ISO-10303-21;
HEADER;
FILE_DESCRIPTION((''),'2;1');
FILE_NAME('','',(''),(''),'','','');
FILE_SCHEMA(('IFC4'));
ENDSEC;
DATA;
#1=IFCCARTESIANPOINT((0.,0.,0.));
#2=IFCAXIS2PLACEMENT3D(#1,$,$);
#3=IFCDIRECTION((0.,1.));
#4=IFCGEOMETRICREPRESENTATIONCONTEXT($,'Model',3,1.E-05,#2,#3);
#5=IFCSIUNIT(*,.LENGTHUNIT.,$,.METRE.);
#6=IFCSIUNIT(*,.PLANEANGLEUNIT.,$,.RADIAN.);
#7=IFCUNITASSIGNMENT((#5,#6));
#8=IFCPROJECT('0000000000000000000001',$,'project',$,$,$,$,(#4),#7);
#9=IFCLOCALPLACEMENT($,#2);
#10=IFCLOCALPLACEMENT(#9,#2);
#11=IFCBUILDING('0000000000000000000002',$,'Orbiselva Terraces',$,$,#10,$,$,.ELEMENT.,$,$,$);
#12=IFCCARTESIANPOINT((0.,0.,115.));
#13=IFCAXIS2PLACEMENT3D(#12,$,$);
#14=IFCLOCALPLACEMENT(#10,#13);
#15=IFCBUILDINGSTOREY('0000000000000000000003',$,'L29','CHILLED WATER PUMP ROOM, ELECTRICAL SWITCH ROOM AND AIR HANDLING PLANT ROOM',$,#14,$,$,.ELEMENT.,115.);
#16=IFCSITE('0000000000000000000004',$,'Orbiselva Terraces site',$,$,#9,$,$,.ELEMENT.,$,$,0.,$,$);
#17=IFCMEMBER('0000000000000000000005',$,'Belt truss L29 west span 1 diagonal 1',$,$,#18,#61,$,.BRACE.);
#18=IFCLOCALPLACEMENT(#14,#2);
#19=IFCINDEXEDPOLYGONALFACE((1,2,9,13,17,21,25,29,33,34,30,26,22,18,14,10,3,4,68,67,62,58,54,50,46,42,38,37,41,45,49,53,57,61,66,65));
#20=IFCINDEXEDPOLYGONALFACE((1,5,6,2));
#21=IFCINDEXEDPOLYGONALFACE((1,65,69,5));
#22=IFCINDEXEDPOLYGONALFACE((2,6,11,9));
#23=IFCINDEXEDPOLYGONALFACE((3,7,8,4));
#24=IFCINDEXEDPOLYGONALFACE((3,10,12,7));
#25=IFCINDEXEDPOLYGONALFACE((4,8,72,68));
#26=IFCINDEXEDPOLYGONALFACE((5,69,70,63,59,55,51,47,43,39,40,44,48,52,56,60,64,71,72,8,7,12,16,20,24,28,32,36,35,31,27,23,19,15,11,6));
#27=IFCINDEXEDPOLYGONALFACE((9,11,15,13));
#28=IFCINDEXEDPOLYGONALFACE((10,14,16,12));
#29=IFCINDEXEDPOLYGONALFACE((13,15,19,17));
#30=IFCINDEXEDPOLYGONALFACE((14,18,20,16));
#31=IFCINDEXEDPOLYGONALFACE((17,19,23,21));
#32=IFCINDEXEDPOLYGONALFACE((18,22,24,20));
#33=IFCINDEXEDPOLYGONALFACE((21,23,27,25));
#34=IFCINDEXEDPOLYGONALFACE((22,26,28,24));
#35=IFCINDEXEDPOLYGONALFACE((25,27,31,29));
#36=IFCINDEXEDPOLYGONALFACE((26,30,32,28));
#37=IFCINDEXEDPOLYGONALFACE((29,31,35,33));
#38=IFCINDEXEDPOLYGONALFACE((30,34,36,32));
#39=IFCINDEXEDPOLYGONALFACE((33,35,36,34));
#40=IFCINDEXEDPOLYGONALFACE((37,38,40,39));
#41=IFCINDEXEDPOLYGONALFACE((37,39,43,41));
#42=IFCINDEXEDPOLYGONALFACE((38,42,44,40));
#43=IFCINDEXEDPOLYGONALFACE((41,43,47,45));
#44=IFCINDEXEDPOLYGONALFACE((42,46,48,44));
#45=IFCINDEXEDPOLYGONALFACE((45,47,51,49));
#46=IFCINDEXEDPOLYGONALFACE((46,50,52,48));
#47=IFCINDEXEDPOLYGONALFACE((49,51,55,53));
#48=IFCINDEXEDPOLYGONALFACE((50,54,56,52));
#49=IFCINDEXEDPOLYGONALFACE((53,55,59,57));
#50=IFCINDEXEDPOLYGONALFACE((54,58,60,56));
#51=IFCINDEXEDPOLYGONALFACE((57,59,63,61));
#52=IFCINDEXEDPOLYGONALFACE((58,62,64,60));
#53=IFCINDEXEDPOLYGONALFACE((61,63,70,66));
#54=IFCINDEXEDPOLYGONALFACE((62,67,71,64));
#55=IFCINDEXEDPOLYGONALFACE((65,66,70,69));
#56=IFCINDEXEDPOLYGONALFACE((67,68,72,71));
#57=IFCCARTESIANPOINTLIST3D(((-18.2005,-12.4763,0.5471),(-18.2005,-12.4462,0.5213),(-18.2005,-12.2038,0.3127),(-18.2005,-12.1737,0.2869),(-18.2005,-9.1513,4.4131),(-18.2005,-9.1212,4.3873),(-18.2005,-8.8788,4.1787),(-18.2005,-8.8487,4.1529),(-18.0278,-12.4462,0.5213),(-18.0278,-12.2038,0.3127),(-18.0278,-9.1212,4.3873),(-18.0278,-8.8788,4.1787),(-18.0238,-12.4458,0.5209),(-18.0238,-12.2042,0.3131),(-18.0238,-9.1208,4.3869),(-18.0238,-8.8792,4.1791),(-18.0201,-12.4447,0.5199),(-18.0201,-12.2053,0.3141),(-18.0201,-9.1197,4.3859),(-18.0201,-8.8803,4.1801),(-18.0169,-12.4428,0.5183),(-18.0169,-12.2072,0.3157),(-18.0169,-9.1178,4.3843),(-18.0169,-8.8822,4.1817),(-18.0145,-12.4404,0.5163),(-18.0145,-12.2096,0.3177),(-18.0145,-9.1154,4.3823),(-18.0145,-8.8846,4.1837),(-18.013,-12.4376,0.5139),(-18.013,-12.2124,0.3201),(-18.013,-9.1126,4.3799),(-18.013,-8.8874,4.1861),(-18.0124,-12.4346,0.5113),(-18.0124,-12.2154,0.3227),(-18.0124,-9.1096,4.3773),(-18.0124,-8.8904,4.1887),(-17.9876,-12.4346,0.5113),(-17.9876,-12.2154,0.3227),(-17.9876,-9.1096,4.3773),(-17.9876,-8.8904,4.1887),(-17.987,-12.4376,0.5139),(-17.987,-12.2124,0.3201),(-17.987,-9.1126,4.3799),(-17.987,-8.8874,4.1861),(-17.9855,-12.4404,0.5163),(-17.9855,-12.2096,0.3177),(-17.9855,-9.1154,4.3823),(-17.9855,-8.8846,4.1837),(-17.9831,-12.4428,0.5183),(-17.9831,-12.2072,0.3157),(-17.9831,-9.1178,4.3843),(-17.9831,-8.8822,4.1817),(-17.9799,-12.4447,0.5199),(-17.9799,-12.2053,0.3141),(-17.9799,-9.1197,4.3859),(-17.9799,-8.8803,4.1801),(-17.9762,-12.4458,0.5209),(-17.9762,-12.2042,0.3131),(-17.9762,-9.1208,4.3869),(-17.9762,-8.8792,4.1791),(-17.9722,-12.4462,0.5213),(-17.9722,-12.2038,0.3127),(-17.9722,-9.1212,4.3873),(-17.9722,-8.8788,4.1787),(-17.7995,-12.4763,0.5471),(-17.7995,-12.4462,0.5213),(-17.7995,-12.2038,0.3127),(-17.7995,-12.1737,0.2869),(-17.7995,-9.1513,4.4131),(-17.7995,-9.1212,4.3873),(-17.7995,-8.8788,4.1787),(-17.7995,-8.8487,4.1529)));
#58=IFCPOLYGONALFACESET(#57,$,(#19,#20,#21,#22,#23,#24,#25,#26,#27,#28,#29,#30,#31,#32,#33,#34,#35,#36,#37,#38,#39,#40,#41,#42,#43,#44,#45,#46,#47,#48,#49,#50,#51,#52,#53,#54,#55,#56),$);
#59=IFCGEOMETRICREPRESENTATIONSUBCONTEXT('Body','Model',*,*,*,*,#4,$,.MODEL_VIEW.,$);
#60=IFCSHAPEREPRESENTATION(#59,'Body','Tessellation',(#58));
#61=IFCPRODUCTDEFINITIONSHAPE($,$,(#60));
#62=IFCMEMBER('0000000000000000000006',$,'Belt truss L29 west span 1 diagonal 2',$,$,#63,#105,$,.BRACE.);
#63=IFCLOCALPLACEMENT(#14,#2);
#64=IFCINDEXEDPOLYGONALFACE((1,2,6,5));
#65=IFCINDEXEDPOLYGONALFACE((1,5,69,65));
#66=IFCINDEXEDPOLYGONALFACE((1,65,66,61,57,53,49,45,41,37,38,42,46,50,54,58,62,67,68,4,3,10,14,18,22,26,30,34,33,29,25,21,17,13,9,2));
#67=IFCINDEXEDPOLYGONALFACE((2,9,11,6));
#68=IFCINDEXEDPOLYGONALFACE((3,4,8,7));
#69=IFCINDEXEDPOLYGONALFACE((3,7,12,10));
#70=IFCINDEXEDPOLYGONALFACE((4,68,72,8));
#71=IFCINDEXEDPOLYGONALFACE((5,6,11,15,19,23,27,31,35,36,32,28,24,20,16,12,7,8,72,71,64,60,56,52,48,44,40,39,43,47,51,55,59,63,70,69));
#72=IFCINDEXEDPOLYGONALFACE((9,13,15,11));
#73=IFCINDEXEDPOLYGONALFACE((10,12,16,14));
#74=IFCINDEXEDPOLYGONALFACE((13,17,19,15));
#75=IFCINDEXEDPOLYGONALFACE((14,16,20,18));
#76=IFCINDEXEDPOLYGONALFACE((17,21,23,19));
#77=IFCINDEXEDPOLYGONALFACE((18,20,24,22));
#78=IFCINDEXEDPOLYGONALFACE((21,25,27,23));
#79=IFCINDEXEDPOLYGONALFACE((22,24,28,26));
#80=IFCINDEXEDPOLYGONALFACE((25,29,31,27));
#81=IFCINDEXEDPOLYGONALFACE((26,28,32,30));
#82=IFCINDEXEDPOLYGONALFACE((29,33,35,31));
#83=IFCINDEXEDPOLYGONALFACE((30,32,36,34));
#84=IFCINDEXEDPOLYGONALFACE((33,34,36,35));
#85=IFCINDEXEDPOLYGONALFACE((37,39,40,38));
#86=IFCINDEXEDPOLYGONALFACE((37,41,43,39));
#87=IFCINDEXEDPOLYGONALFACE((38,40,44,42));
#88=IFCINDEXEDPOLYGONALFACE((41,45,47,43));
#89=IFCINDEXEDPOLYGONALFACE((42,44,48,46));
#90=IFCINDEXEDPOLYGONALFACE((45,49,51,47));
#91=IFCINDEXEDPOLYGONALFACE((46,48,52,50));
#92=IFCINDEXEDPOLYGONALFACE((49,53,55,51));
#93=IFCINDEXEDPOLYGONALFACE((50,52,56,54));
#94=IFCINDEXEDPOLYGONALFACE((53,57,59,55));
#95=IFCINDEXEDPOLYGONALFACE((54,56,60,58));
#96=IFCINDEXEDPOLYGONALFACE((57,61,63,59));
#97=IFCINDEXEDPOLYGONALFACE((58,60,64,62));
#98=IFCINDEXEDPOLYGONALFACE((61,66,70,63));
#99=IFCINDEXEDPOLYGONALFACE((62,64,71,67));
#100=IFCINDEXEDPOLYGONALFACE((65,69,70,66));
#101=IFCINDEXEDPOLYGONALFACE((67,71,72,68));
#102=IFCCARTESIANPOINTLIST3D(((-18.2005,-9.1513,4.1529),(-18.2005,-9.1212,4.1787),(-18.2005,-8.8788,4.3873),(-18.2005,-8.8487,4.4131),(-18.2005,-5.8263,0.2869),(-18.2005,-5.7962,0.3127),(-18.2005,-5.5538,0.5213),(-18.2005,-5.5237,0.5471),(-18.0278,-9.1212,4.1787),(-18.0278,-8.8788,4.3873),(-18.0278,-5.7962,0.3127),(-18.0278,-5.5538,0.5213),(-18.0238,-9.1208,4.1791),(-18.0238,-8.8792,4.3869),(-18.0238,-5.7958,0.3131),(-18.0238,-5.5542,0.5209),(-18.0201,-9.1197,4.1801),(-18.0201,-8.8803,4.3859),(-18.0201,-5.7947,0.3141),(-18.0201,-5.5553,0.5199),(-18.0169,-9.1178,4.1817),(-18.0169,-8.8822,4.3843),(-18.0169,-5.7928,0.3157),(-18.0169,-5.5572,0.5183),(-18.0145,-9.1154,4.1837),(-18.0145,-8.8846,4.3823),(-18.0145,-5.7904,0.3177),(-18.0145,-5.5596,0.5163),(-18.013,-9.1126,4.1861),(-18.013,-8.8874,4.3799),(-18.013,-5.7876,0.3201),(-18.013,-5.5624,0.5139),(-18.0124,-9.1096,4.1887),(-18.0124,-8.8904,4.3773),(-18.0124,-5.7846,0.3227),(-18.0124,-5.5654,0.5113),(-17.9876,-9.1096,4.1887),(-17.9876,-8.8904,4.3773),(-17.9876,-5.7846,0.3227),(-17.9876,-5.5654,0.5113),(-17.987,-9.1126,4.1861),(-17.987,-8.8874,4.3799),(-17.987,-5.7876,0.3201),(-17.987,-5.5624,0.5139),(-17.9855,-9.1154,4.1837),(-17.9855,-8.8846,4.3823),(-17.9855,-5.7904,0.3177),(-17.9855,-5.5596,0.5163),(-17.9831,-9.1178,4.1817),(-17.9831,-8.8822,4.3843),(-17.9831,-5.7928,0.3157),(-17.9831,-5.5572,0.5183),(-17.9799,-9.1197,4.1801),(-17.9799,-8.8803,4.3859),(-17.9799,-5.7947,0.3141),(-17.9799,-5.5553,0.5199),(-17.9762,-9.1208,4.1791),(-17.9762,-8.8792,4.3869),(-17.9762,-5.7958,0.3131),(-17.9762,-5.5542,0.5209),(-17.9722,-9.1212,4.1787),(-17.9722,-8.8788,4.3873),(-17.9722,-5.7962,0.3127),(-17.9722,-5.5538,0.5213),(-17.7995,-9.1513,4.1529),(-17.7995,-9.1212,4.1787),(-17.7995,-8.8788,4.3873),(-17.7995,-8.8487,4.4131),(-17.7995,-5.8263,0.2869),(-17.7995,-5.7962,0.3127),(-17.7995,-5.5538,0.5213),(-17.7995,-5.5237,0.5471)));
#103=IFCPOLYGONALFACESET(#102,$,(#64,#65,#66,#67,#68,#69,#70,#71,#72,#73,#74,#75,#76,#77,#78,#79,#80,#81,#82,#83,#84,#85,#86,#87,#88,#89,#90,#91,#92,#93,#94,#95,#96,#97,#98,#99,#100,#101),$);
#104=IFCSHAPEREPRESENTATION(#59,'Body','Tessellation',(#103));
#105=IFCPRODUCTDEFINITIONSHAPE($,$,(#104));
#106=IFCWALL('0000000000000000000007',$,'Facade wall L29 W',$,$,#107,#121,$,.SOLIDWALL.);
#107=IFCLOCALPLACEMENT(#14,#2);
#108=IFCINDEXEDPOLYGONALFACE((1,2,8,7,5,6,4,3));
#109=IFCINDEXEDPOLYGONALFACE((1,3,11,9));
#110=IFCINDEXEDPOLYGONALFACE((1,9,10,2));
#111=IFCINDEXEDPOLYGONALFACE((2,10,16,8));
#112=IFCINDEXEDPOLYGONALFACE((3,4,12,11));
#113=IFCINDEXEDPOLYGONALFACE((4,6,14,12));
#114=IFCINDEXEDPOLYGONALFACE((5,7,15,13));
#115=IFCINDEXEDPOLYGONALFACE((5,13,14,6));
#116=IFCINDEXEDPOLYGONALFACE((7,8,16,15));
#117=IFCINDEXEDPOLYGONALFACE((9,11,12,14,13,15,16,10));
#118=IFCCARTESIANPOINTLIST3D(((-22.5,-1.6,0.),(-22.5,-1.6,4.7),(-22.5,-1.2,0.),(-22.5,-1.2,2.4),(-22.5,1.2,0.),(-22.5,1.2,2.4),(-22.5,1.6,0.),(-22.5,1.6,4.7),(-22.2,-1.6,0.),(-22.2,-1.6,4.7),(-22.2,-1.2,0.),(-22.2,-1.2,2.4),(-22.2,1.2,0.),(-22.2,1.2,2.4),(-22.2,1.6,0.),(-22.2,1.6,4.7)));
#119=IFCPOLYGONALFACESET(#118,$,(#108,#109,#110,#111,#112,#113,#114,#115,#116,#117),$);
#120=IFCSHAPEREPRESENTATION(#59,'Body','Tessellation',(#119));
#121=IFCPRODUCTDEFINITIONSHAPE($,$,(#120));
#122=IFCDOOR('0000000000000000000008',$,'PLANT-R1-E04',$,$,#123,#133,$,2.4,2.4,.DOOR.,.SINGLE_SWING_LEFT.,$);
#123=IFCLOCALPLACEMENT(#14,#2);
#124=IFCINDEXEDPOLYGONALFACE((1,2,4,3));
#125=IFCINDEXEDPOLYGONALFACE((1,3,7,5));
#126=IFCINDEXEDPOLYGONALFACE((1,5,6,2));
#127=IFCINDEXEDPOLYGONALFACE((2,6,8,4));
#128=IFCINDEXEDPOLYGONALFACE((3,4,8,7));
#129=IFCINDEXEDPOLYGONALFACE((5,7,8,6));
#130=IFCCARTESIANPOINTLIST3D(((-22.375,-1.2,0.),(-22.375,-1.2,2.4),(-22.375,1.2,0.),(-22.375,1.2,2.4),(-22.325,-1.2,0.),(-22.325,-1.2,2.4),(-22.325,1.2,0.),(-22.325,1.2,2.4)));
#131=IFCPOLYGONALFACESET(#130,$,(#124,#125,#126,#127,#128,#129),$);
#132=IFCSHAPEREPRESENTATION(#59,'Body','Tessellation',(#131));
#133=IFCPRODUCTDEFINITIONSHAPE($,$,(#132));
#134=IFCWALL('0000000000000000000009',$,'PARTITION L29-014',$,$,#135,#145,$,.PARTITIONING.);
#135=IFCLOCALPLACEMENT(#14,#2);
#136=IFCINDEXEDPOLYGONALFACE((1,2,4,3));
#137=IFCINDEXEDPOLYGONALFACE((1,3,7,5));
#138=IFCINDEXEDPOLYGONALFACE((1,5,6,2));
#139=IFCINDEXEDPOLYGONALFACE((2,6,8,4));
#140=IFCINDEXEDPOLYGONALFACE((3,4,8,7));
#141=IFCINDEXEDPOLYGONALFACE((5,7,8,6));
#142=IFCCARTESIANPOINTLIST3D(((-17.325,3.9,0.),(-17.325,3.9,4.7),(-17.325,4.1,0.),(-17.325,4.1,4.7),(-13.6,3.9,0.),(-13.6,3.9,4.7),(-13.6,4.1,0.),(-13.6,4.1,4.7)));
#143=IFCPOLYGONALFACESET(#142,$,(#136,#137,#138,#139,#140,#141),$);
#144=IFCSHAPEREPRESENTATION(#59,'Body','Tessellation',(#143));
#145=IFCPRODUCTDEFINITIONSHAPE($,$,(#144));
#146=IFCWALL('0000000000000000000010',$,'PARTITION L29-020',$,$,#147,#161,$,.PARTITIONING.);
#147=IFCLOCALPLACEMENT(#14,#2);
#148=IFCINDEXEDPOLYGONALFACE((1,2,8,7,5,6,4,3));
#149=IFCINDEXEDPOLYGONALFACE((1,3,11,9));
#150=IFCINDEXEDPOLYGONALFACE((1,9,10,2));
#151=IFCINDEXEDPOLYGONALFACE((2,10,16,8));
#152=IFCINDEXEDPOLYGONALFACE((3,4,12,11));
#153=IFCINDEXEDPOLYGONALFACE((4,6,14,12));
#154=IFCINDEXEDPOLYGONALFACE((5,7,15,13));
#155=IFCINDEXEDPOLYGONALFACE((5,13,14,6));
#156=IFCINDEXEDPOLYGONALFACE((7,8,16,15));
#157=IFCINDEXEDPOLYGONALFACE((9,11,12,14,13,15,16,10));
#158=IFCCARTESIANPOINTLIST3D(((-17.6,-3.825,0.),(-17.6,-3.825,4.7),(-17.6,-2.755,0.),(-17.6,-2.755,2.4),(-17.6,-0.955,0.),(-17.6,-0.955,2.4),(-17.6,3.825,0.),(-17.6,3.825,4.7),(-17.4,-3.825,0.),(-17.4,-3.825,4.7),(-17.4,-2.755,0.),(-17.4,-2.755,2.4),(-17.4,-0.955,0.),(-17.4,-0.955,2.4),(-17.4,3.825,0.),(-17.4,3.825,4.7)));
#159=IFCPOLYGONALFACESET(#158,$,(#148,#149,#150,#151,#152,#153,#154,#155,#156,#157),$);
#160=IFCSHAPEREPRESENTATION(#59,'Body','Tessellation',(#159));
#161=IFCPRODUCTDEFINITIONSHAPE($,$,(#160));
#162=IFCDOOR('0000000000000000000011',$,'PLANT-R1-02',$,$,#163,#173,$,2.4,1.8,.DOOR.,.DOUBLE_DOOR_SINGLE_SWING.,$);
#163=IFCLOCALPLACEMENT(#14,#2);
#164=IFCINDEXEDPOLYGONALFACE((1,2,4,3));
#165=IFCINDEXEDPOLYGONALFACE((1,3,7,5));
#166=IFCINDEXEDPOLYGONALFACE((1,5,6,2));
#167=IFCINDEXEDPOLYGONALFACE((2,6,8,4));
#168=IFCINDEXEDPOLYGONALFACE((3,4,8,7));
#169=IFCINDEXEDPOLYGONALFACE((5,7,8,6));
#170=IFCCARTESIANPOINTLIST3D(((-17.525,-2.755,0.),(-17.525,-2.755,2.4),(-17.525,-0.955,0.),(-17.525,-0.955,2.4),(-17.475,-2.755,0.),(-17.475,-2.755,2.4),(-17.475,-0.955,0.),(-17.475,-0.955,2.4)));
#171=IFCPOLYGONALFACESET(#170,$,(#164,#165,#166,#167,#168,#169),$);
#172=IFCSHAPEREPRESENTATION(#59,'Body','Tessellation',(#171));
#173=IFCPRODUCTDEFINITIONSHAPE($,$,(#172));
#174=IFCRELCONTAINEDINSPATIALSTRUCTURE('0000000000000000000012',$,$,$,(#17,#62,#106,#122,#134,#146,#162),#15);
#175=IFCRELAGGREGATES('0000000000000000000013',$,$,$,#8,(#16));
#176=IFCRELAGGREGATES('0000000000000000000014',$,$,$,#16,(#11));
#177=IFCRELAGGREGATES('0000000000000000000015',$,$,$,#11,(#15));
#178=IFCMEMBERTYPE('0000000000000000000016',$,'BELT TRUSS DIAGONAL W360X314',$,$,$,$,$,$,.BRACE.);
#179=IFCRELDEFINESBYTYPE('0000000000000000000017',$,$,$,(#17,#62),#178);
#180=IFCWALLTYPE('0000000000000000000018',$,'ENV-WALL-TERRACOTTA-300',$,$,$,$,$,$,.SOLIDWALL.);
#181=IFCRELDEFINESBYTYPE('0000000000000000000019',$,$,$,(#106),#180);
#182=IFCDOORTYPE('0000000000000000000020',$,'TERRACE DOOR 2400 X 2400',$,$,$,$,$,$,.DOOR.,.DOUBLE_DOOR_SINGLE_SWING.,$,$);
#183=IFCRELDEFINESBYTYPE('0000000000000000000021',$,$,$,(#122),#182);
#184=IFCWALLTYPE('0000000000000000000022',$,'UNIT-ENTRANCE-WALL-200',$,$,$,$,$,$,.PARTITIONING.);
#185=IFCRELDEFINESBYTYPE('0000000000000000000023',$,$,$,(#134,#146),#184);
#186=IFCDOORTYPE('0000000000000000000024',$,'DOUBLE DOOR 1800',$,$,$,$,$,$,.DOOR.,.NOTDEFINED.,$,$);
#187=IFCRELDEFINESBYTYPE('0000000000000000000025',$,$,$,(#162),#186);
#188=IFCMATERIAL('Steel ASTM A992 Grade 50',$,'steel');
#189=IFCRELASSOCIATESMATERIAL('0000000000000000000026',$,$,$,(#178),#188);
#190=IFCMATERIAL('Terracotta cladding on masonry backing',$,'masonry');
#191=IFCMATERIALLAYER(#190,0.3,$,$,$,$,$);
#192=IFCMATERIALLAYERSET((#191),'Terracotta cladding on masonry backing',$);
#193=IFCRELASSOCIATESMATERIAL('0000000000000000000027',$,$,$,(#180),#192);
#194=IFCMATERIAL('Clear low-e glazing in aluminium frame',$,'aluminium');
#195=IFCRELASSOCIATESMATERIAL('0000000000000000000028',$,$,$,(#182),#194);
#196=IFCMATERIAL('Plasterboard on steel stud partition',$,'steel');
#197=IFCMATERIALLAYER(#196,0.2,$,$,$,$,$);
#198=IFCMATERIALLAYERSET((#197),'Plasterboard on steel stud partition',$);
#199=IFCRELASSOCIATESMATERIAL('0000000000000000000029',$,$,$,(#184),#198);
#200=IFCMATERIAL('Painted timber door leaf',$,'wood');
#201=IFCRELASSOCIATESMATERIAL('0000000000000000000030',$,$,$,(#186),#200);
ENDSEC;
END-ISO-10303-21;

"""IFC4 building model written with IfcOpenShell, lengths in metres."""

from ifc_helpers import new_model, si_unit, direction, frame, frame_2d, origin, origin_2d, place, context, subcontext, project, spatial, rectangle, i_section, extrude, material, layer, layer_set, material_profile, profile_set, type_object, element, fill, save


model = new_model("IFC4")

# Units and contexts
model_context = context("Model", 3, precision=1e-05, world=origin(), true_north=direction((0.0, 1.0)))
body_context = subcontext(model_context, "Body", "Model", "MODEL_VIEW")
ifc_project = project(units=[si_unit("LENGTHUNIT", "METRE"), si_unit("PLANEANGLEUNIT", "RADIAN")], contexts=[model_context])

# Site, building, storey
site_placement = place(None, origin())
site = spatial("IfcSite", under=ifc_project, at=site_placement, Name="Orbiselva Terraces site", CompositionType="ELEMENT", RefElevation=0.0)
building_placement = place(site_placement, origin())
building = spatial("IfcBuilding", under=site, at=building_placement, Name="Orbiselva Terraces", CompositionType="ELEMENT")
storey_placement = place(building_placement, frame((0.0, 0.0, 115.0)))
storey = spatial("IfcBuildingStorey", under=building, at=storey_placement, Name="L29", Description="CHILLED WATER PUMP ROOM, ELECTRICAL SWITCH ROOM AND AIR HANDLING PLANT ROOM", CompositionType="ELEMENT", Elevation=115.0)

# Members
ifc_material_1 = material(Name="Steel ASTM A992 Grade 50", Category="steel")
ifc_material_profile_1 = material_profile(ifc_material_1, i_section(OverallWidth=0.401, OverallDepth=0.399, WebThickness=0.0249, FlangeThickness=0.0396, FilletRadius=0.0153, at=origin_2d()), Name="W360X314")
ifc_profile_set_1 = profile_set([ifc_material_profile_1], Name="Steel ASTM A992 Grade 50")
member_type_1 = type_object("IfcMemberType", Name="BELT TRUSS DIAGONAL W360X314", PredefinedType="BRACE", material=ifc_profile_set_1)
for number, where, z_axis, x_axis, name in (
    (1, (-18.0, -12.325, 0.417), (0.0, 0.652066, 0.758162), (-1.0, 0.0, 0.0), "Belt truss L29 west span 1 diagonal 1"),
    (2, (-18.0, -9.0, 4.283), (0.0, 0.652066, -0.758162), (-1.0, 0.0, 0.0), "Belt truss L29 west span 1 diagonal 2"),
):
    element("IfcMember", number, at=place(storey_placement, frame(where, z_axis=z_axis, x_axis=x_axis)), inside=storey, type_object=member_type_1, Name=name, PredefinedType="BRACE", context=body_context, shape_type="SweptSolid", body=[
        extrude(i_section(OverallWidth=0.401, OverallDepth=0.399, WebThickness=0.0249, FlangeThickness=0.0396, FilletRadius=0.0153, at=origin_2d()), origin(), (0.0, 0.0, 1.0), 5.0992),
    ])

# Wall, opening, door
ifc_material_2 = material(Name="Terracotta cladding on masonry backing", Category="masonry")
ifc_layer_1 = layer(ifc_material_2, 0.3)
ifc_layer_set_1 = layer_set([ifc_layer_1], Name="Terracotta cladding on masonry backing")
wall_type_1 = type_object("IfcWallType", Name="ENV-WALL-TERRACOTTA-300", PredefinedType="SOLIDWALL", material=ifc_layer_set_1)
wall_1_placement = place(storey_placement, frame((-22.35, -1.6, 0.0), z_axis=(0.0, 0.0, 1.0), x_axis=(0.0, 1.0, 0.0)))
wall_1 = element("IfcWall", 3, at=wall_1_placement, inside=storey, type_object=wall_type_1, Name="Facade wall L29 W", PredefinedType="SOLIDWALL", context=body_context, shape_type="SweptSolid", body=[
    extrude(rectangle(XDim=3.2, YDim=0.3, at=frame_2d((1.6, 0.0))), origin(), (0.0, 0.0, 1.0), 4.7),
])
opening_1_placement = place(wall_1_placement, frame((0.4, 0.0, 0.0)))
opening_1 = element("IfcOpeningElement", 4, at=opening_1_placement, cuts=wall_1, PredefinedType="OPENING", context=body_context, shape_type="SweptSolid", body=[
    extrude(rectangle(XDim=2.4, YDim=2.4, at=frame_2d((1.2, 1.2))), frame((0.0, 0.16, 0.0), z_axis=(0.0, -1.0, 0.0), x_axis=(1.0, 0.0, 0.0)), (0.0, 0.0, 1.0), 0.32),
])
ifc_material_3 = material(Name="Clear low-e glazing in aluminium frame", Category="aluminium")
door_type_1 = type_object("IfcDoorType", Name="TERRACE DOOR 2400 X 2400", OperationType="DOUBLE_DOOR_SINGLE_SWING", PredefinedType="DOOR", material=ifc_material_3)
door_1_placement = place(opening_1_placement, origin())
door_1 = element("IfcDoor", 5, at=door_1_placement, inside=storey, type_object=door_type_1, Name="PLANT-R1-E04", OperationType="SINGLE_SWING_LEFT", OverallHeight=2.4, OverallWidth=2.4, PredefinedType="DOOR", context=body_context, shape_type="SweptSolid", body=[
    extrude(rectangle(XDim=2.4, YDim=2.4, at=frame_2d((1.2, 1.2))), frame((0.0, 0.025, 0.0), z_axis=(0.0, -1.0, 0.0), x_axis=(1.0, 0.0, 0.0)), (0.0, 0.0, 1.0), 0.05),
])
fill(opening_1, door_1)

# Wall
ifc_material_4 = material(Name="Plasterboard on steel stud partition", Category="steel")
ifc_layer_2 = layer(ifc_material_4, 0.2)
ifc_layer_set_2 = layer_set([ifc_layer_2], Name="Plasterboard on steel stud partition")
wall_type_2 = type_object("IfcWallType", Name="UNIT-ENTRANCE-WALL-200", PredefinedType="PARTITIONING", material=ifc_layer_set_2)
wall_2_placement = place(storey_placement, frame((-17.325, 4.0, 0.0), z_axis=(0.0, 0.0, 1.0), x_axis=(1.0, 0.0, 0.0)))
element("IfcWall", 6, at=wall_2_placement, inside=storey, type_object=wall_type_2, Name="PARTITION L29-014", PredefinedType="PARTITIONING", context=body_context, shape_type="SweptSolid", body=[
    extrude(rectangle(XDim=3.725, YDim=0.2, at=frame_2d((1.8625, 0.0))), origin(), (0.0, 0.0, 1.0), 4.7),
])

# Wall, opening, door
wall_3_placement = place(storey_placement, frame((-17.5, 3.825, 0.0), z_axis=(0.0, 0.0, 1.0), x_axis=(0.0, -1.0, 0.0)))
wall_3 = element("IfcWall", 7, at=wall_3_placement, inside=storey, type_object=wall_type_2, Name="PARTITION L29-020", PredefinedType="PARTITIONING", context=body_context, shape_type="SweptSolid", body=[
    extrude(rectangle(XDim=7.65, YDim=0.2, at=frame_2d((3.825, 0.0))), origin(), (0.0, 0.0, 1.0), 4.7),
])
opening_2_placement = place(wall_3_placement, frame((4.78, 0.0, 0.0)))
opening_2 = element("IfcOpeningElement", 8, at=opening_2_placement, cuts=wall_3, PredefinedType="OPENING", context=body_context, shape_type="SweptSolid", body=[
    extrude(rectangle(XDim=1.8, YDim=2.4, at=frame_2d((0.9, 1.2))), frame((0.0, 0.11, 0.0), z_axis=(0.0, -1.0, 0.0), x_axis=(1.0, 0.0, 0.0)), (0.0, 0.0, 1.0), 0.22),
])
ifc_material_5 = material(Name="Painted timber door leaf", Category="wood")
door_type_2 = type_object("IfcDoorType", Name="DOUBLE DOOR 1800", OperationType="NOTDEFINED", PredefinedType="DOOR", material=ifc_material_5)
door_2_placement = place(opening_2_placement, origin())
door_2 = element("IfcDoor", 9, at=door_2_placement, inside=storey, type_object=door_type_2, Name="PLANT-R1-02", OperationType="DOUBLE_DOOR_SINGLE_SWING", OverallHeight=2.4, OverallWidth=1.8, PredefinedType="DOOR", context=body_context, shape_type="SweptSolid", body=[
    extrude(rectangle(XDim=1.8, YDim=2.4, at=frame_2d((0.9, 1.2))), frame((0.0, 0.025, 0.0), z_axis=(0.0, -1.0, 0.0), x_axis=(1.0, 0.0, 0.0)), (0.0, 0.0, 1.0), 0.05),
])
fill(opening_2, door_2)

save(model, "model.ifc")
